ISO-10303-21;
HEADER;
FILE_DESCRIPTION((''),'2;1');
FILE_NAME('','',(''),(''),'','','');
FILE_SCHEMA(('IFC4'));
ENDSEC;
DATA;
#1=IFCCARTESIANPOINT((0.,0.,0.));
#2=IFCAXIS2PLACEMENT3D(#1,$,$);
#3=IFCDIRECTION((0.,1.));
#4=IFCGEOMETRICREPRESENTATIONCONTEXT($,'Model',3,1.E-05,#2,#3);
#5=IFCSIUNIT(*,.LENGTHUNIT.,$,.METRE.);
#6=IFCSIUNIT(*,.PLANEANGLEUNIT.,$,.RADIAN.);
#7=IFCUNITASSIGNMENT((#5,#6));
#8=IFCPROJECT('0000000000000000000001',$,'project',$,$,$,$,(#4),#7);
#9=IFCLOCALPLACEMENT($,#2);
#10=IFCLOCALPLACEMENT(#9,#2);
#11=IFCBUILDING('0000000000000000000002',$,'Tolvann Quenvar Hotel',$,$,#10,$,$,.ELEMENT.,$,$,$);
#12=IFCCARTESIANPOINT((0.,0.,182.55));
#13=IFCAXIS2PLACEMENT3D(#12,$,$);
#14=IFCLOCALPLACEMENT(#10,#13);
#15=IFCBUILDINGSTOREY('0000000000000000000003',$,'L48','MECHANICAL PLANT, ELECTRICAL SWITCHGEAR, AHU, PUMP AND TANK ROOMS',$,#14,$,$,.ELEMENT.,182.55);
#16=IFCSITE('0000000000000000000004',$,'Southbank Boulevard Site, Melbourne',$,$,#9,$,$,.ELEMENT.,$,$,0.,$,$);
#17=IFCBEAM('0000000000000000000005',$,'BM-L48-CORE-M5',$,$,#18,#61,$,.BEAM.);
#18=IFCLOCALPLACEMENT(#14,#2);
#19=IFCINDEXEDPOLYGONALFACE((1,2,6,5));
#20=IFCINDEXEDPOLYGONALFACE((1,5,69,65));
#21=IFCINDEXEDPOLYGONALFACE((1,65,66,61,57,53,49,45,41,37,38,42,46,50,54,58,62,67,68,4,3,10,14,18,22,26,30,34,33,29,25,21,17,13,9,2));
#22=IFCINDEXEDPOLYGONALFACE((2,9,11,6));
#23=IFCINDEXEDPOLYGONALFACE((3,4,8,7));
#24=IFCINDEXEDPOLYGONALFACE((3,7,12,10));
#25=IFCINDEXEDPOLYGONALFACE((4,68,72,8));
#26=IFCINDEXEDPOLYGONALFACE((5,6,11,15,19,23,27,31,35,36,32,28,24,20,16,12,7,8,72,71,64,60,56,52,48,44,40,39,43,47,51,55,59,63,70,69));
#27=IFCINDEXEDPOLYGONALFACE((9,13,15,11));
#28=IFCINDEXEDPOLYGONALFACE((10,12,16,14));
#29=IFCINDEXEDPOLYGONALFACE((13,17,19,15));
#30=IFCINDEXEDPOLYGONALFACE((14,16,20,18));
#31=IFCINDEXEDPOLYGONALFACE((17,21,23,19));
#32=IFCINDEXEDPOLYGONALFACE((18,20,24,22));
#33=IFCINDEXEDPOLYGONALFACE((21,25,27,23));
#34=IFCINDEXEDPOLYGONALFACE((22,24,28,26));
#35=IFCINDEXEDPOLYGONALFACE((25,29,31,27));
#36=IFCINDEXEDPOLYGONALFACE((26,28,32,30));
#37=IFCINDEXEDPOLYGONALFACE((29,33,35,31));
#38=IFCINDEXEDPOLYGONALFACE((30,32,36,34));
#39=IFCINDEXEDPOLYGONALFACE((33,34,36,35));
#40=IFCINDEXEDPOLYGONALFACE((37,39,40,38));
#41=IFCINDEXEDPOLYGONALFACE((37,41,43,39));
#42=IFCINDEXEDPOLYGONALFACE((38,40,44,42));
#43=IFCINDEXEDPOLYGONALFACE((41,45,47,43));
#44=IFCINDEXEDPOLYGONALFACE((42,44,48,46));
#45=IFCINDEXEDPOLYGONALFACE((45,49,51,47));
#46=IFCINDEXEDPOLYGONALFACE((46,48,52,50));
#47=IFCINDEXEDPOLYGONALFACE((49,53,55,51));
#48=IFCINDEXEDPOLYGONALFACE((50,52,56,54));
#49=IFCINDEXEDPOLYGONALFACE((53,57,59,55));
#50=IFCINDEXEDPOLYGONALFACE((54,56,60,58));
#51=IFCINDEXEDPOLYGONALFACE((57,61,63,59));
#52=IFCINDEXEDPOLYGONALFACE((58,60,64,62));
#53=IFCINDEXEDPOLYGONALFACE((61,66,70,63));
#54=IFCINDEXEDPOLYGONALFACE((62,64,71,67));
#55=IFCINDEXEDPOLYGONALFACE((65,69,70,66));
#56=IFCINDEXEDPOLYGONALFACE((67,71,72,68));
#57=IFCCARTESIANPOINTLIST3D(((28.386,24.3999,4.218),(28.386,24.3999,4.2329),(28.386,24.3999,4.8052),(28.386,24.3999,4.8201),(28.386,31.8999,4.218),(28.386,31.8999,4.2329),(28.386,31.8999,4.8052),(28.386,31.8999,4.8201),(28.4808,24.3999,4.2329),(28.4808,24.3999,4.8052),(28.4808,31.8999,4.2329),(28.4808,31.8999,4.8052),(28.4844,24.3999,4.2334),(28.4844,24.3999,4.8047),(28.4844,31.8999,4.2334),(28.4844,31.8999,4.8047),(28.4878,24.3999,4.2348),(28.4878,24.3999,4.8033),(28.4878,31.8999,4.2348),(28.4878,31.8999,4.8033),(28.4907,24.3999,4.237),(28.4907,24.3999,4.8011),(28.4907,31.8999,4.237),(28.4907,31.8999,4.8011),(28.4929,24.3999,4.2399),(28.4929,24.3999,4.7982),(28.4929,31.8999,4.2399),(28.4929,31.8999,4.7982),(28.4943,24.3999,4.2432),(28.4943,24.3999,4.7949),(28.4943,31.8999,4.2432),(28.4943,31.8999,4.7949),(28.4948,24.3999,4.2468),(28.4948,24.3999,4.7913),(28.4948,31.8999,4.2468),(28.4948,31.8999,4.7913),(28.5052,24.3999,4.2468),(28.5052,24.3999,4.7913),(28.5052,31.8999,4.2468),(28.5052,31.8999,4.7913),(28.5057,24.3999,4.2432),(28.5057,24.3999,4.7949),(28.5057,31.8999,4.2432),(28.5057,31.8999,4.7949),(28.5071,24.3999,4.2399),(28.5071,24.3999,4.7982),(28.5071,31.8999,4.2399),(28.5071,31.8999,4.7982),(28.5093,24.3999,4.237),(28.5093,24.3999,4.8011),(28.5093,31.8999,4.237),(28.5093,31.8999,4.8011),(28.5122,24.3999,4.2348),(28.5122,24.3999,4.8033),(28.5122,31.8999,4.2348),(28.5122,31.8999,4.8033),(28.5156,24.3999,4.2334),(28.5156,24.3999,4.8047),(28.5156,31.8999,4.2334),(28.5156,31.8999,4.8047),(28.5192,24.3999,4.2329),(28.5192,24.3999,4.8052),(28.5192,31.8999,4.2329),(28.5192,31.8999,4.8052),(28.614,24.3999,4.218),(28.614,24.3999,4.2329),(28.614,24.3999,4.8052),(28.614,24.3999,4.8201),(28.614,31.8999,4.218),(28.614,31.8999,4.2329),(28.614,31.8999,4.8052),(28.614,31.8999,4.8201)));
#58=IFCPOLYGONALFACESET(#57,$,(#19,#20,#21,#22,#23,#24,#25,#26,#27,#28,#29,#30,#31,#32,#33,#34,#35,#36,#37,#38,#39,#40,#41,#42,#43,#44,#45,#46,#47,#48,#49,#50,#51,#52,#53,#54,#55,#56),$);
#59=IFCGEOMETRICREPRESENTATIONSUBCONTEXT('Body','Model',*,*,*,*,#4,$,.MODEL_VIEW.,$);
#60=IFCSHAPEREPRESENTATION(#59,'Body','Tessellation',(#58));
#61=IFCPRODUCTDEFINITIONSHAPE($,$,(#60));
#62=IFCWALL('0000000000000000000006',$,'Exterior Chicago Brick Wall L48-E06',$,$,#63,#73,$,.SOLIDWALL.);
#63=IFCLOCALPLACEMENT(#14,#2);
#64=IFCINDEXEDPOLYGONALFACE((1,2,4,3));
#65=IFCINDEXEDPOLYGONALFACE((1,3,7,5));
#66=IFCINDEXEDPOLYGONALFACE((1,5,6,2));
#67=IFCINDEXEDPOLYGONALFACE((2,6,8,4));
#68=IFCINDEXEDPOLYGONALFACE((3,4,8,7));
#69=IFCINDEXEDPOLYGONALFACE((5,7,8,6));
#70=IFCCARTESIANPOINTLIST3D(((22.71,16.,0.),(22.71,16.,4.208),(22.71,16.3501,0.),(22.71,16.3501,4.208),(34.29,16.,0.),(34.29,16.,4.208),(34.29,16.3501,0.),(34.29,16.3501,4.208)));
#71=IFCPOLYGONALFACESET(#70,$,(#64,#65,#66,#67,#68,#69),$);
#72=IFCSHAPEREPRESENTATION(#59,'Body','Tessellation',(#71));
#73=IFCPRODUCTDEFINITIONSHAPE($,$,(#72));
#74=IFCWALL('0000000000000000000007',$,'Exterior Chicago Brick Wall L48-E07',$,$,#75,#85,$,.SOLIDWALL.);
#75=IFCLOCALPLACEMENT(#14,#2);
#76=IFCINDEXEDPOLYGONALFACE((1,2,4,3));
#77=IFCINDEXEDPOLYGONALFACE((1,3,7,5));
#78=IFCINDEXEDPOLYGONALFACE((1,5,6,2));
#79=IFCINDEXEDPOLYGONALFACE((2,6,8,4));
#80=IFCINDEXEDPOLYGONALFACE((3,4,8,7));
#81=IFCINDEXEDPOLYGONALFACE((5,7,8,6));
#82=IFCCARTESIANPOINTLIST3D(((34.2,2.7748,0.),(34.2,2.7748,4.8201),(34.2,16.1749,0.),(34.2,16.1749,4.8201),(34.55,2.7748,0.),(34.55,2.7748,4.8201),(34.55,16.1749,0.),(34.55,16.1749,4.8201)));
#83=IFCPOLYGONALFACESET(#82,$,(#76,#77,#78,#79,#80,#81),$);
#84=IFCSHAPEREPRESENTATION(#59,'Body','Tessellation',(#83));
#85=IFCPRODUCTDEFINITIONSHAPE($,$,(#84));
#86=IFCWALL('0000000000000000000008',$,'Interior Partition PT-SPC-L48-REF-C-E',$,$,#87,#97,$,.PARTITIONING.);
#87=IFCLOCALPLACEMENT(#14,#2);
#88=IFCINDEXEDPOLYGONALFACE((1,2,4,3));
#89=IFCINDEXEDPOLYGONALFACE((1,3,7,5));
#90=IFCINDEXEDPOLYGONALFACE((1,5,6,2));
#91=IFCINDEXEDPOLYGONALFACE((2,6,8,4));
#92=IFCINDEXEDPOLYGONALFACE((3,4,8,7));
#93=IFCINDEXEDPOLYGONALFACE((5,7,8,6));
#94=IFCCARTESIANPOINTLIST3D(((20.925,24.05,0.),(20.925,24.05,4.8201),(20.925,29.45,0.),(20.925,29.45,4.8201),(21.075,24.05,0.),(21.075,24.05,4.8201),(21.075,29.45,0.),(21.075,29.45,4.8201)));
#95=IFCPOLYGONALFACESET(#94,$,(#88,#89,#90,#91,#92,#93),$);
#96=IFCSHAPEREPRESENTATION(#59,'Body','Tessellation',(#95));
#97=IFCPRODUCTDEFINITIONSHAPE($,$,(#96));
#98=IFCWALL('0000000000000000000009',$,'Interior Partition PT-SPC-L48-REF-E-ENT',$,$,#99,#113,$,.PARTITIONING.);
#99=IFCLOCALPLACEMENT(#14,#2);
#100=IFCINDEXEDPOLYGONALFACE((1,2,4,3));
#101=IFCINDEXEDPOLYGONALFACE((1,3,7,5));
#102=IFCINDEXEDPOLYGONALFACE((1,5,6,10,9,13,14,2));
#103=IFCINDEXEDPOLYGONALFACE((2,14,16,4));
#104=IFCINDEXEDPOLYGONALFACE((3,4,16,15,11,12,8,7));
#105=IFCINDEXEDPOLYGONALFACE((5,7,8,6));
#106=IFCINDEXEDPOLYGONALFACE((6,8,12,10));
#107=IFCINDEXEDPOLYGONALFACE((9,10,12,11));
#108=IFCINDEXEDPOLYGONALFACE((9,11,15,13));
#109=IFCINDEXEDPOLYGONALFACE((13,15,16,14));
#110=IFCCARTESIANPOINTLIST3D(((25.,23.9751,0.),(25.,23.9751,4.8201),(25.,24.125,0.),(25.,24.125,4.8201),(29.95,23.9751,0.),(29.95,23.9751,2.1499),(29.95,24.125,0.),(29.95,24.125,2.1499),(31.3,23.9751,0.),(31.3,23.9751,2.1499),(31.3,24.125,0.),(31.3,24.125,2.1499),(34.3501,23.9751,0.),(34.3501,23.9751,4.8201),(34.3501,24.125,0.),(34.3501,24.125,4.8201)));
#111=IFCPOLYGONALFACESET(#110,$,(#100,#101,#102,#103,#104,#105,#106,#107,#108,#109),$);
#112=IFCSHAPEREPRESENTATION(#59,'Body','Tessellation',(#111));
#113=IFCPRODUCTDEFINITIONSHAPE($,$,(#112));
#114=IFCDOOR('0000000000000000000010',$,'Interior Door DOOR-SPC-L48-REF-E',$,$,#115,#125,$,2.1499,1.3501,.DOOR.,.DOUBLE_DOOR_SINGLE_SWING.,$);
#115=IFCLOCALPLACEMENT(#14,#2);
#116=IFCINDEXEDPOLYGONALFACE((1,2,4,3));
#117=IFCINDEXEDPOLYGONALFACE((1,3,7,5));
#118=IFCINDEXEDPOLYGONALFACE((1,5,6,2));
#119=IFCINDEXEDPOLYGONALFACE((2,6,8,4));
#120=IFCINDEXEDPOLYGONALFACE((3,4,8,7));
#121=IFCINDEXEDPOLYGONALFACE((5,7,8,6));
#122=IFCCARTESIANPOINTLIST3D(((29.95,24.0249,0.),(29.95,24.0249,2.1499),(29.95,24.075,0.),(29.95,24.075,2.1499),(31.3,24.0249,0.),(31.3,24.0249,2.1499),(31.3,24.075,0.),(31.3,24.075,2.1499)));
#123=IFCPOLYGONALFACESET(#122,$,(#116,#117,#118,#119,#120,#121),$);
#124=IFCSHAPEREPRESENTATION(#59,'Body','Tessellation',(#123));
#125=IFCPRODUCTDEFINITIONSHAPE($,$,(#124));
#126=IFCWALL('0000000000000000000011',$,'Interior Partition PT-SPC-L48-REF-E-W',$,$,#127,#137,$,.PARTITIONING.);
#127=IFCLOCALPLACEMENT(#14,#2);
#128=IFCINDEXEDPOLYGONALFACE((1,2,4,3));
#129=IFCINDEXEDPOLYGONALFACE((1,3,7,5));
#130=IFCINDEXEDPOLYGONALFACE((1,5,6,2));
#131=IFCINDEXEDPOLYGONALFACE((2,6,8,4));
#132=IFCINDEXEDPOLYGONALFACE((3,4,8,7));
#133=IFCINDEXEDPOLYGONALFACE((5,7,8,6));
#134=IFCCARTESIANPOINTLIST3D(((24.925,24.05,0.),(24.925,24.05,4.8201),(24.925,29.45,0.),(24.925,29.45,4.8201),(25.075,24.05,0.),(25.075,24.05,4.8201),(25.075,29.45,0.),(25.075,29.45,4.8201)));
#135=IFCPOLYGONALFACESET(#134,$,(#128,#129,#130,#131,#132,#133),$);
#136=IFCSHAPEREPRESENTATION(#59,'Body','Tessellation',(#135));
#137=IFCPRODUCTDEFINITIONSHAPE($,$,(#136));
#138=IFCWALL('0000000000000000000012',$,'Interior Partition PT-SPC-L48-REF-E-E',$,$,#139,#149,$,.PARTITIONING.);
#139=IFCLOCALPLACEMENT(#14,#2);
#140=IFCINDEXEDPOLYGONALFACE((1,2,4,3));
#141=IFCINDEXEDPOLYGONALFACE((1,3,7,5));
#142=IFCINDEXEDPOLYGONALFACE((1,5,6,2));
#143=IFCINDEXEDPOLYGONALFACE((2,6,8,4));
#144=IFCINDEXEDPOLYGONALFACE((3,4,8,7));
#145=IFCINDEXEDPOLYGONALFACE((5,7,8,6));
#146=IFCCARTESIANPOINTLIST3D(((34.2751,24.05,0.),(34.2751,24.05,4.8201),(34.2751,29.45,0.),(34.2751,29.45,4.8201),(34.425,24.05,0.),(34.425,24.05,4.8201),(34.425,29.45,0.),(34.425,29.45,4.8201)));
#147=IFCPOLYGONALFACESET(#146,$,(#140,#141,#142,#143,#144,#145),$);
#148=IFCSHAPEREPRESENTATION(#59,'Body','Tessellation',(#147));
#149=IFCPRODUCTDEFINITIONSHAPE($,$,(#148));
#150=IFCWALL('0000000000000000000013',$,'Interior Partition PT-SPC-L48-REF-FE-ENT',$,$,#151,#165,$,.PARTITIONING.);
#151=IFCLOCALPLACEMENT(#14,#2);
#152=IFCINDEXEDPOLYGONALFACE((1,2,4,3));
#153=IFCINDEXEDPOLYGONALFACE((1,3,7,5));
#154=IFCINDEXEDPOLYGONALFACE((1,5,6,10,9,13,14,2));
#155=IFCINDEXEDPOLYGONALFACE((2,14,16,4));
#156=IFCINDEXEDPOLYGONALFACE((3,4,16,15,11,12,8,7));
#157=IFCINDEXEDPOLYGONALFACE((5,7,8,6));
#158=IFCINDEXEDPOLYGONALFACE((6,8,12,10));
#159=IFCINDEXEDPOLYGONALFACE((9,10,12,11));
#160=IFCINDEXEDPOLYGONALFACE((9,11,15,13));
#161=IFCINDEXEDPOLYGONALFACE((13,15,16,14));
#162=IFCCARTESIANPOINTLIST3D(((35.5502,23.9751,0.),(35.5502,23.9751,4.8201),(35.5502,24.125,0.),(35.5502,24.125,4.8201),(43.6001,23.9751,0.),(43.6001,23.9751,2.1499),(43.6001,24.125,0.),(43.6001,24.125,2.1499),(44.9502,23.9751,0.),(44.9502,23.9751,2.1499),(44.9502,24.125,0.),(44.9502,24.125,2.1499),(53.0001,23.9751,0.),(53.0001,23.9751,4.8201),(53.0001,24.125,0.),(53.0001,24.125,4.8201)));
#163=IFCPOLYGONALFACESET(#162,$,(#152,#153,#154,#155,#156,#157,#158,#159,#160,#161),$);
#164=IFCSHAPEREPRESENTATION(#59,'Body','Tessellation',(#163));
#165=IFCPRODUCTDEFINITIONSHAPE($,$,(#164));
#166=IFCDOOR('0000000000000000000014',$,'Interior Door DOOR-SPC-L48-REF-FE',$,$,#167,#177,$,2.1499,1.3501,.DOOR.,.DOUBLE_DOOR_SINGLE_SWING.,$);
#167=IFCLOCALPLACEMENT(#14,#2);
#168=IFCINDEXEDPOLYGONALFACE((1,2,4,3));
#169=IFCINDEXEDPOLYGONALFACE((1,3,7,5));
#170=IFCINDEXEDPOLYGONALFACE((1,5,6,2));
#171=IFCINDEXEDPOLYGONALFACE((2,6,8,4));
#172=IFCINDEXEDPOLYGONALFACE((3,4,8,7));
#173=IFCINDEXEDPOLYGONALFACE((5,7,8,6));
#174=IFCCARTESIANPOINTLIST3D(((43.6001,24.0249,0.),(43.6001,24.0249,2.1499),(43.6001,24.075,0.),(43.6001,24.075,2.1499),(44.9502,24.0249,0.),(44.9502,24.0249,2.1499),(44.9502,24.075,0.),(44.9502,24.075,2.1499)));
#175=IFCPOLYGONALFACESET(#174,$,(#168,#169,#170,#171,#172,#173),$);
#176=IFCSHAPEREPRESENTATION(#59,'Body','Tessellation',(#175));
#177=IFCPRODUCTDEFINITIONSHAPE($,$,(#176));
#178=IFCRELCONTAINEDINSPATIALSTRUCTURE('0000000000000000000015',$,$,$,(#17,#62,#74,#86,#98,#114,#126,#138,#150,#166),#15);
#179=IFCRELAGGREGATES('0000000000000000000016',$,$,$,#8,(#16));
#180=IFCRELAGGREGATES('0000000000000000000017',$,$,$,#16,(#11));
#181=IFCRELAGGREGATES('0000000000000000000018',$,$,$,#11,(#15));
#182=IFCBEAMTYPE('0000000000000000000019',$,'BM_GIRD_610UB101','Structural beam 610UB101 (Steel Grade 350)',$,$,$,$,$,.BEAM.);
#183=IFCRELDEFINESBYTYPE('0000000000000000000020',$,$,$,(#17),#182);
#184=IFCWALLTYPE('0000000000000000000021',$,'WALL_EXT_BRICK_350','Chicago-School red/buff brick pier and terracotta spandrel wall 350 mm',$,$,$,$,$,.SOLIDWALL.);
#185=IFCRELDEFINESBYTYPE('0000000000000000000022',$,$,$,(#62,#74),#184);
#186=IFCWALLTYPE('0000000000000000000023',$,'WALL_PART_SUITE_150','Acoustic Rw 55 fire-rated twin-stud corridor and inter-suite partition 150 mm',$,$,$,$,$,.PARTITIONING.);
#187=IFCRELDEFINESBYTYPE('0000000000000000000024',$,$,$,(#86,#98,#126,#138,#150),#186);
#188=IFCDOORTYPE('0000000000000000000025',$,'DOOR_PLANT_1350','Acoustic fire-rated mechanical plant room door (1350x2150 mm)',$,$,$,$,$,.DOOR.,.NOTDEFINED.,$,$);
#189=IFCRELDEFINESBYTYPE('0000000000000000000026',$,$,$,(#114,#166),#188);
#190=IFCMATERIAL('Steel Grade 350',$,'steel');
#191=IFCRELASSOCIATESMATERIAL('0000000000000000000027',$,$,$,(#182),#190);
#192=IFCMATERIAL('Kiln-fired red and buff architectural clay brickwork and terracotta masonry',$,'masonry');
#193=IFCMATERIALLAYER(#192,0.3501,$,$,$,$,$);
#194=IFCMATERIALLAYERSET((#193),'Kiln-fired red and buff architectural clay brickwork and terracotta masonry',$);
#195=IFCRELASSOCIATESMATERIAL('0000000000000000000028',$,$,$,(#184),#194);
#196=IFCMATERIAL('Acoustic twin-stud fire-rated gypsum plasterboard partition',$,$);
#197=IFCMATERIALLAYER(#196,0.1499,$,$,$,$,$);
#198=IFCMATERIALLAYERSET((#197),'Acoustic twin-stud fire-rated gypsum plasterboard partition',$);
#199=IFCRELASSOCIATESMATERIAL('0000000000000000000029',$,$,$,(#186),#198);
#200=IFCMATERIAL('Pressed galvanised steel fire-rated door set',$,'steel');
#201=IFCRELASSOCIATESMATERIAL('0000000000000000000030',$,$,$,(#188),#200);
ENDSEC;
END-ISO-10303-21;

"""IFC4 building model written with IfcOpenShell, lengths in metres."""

from ifc_helpers import new_model, si_unit, direction, frame, frame_2d, origin, origin_2d, place, context, subcontext, project, spatial, rectangle, i_section, extrude, source, transform, mapped, material, layer, layer_set, material_profile, profile_set, type_object, type_shapes, element, fill, save


model = new_model("IFC4")

# Units and contexts
model_context = context("Model", 3, precision=1e-05, world=origin(), true_north=direction((0.0, 1.0)))
body_context = subcontext(model_context, "Body", "Model", "MODEL_VIEW")
ifc_project = project(units=[si_unit("LENGTHUNIT", "METRE"), si_unit("PLANEANGLEUNIT", "RADIAN")], contexts=[model_context])

# Site, building, storey
site_placement = place(None, origin())
site = spatial("IfcSite", under=ifc_project, at=site_placement, Name="Southbank Boulevard Site, Melbourne", CompositionType="ELEMENT", RefElevation=0.0)
building_placement = place(site_placement, origin())
building = spatial("IfcBuilding", under=site, at=building_placement, Name="Tolvann Quenvar Hotel", CompositionType="ELEMENT")
storey_placement = place(building_placement, frame((0.0, 0.0, 182.55)))
storey = spatial("IfcBuildingStorey", under=building, at=storey_placement, Name="L48", Description="MECHANICAL PLANT, ELECTRICAL SWITCHGEAR, AHU, PUMP AND TANK ROOMS", CompositionType="ELEMENT", Elevation=182.55)

# Shared definitions
ifc_material_1 = material(Name="Steel Grade 350", Category="steel")

# Beam
ifc_material_profile_1 = material_profile(ifc_material_1, i_section(OverallWidth=0.228, OverallDepth=0.6021, WebThickness=0.0105, FlangeThickness=0.0149, FilletRadius=0.0139, at=origin_2d()), Name="610UB101")
ifc_profile_set_1 = profile_set([ifc_material_profile_1], Name="Steel Grade 350")
beam_type_1 = type_object("IfcBeamType", Name="BM_GIRD_610UB101", Description="Structural beam 610UB101 (Steel Grade 350)", PredefinedType="BEAM", material=ifc_profile_set_1)
shared_shape_1 = source(origin(), body_context, "Body", "SweptSolid", [
    extrude(i_section(OverallWidth=0.228, OverallDepth=0.6021, WebThickness=0.0105, FlangeThickness=0.0149, FilletRadius=0.0139, at=origin_2d()), origin(), (0.0, 0.0, 1.0), 7.5),
])
for number, where, z_axis, x_axis, name in (
    (1, (28.5, 24.3999, 4.519), (0.0, 1.0, 0.0), (-1.0, 0.0, 0.0), "BM-L48-CORE-M5"),
):
    element("IfcBeam", number, at=place(storey_placement, frame(where, z_axis=z_axis, x_axis=x_axis)), inside=storey, type_object=beam_type_1, Name=name, PredefinedType="BEAM", context=body_context, shape_type="MappedRepresentation", body=[
        mapped(shared_shape_1, transform((0.0, 0.0, 0.0), x_axis=(1.0, 0.0, 0.0), y_axis=(0.0, 1.0, 0.0), z_axis=(0.0, 0.0, 1.0), scale=1.0)),
    ])

# Walls
ifc_material_2 = material(Name="Kiln-fired red and buff architectural clay brickwork and terracotta masonry", Category="masonry")
ifc_layer_1 = layer(ifc_material_2, 0.3501)
ifc_layer_set_1 = layer_set([ifc_layer_1], Name="Kiln-fired red and buff architectural clay brickwork and terracotta masonry")
wall_type_1 = type_object("IfcWallType", Name="WALL_EXT_BRICK_350", Description="Chicago-School red/buff brick pier and terracotta spandrel wall 350 mm", PredefinedType="SOLIDWALL", material=ifc_layer_set_1)
wall_1_placement = place(storey_placement, frame((22.71, 16.175, 0.0), z_axis=(0.0, 0.0, 1.0), x_axis=(1.0, 0.0, 0.0)))
element("IfcWall", 2, at=wall_1_placement, inside=storey, type_object=wall_type_1, Name="Exterior Chicago Brick Wall L48-E06", PredefinedType="SOLIDWALL", context=body_context, shape_type="SweptSolid", body=[
    extrude(rectangle(XDim=11.5801, YDim=0.3501, at=frame_2d((5.79, 0.0))), origin(), (0.0, 0.0, 1.0), 4.208),
])
wall_2_placement = place(storey_placement, frame((34.375, 16.175, 0.0), z_axis=(0.0, 0.0, 1.0), x_axis=(0.0, -1.0, 0.0)))
element("IfcWall", 3, at=wall_2_placement, inside=storey, type_object=wall_type_1, Name="Exterior Chicago Brick Wall L48-E07", PredefinedType="SOLIDWALL", context=body_context, shape_type="SweptSolid", body=[
    extrude(rectangle(XDim=13.4001, YDim=0.3501, at=frame_2d((6.7002, 0.0))), origin(), (0.0, 0.0, 1.0), 4.8201),
])
ifc_material_3 = material(Name="Acoustic twin-stud fire-rated gypsum plasterboard partition")
ifc_layer_2 = layer(ifc_material_3, 0.1499)
ifc_layer_set_2 = layer_set([ifc_layer_2], Name="Acoustic twin-stud fire-rated gypsum plasterboard partition")
wall_type_2 = type_object("IfcWallType", Name="WALL_PART_SUITE_150", Description="Acoustic Rw 55 fire-rated twin-stud corridor and inter-suite partition 150 mm", PredefinedType="PARTITIONING", material=ifc_layer_set_2)
wall_3_placement = place(storey_placement, frame((21.0, 24.05, 0.0), z_axis=(0.0, 0.0, 1.0), x_axis=(0.0, 1.0, 0.0)))
element("IfcWall", 4, at=wall_3_placement, inside=storey, type_object=wall_type_2, Name="Interior Partition PT-SPC-L48-REF-C-E", PredefinedType="PARTITIONING", context=body_context, shape_type="SweptSolid", body=[
    extrude(rectangle(XDim=5.3999, YDim=0.1499, at=frame_2d((2.7, 0.0))), origin(), (0.0, 0.0, 1.0), 4.8201),
])

# Wall, opening, door
wall_4_placement = place(storey_placement, frame((25.0, 24.05, 0.0), z_axis=(0.0, 0.0, 1.0), x_axis=(1.0, 0.0, 0.0)))
wall_4 = element("IfcWall", 5, at=wall_4_placement, inside=storey, type_object=wall_type_2, Name="Interior Partition PT-SPC-L48-REF-E-ENT", PredefinedType="PARTITIONING", context=body_context, shape_type="SweptSolid", body=[
    extrude(rectangle(XDim=9.3501, YDim=0.1499, at=frame_2d((4.675, 0.0))), origin(), (0.0, 0.0, 1.0), 4.8201),
])
opening_1_placement = place(wall_4_placement, frame((4.95, 0.0, 0.0)))
opening_1 = element("IfcOpeningElement", 6, at=opening_1_placement, cuts=wall_4, PredefinedType="OPENING", context=body_context, shape_type="SweptSolid", body=[
    extrude(rectangle(XDim=1.3501, YDim=2.1499, at=frame_2d((0.675, 1.075))), frame((0.0, 0.085, 0.0), z_axis=(0.0, -1.0, 0.0), x_axis=(1.0, 0.0, 0.0)), (0.0, 0.0, 1.0), 0.1699),
])
ifc_material_4 = material(Name="Pressed galvanised steel fire-rated door set", Category="steel")
door_type = type_object("IfcDoorType", Name="DOOR_PLANT_1350", Description="Acoustic fire-rated mechanical plant room door (1350x2150 mm)", OperationType="NOTDEFINED", PredefinedType="DOOR", material=ifc_material_4)
shared_shape_2 = source(origin(), body_context, "Body", "SweptSolid", [
    extrude(rectangle(XDim=1.3501, YDim=2.1499, at=frame_2d((0.675, 1.075))), frame((0.0, 0.0249, 0.0), z_axis=(0.0, -1.0, 0.0), x_axis=(1.0, 0.0, 0.0)), (0.0, 0.0, 1.0), 0.05),
])
type_shapes(door_type, [shared_shape_2])
door_1_placement = place(opening_1_placement, origin())
door_1 = element("IfcDoor", 7, at=door_1_placement, inside=storey, type_object=door_type, Name="Interior Door DOOR-SPC-L48-REF-E", OperationType="DOUBLE_DOOR_SINGLE_SWING", OverallHeight=2.1499, OverallWidth=1.3501, PredefinedType="DOOR", context=body_context, shape_type="MappedRepresentation", body=[
    mapped(shared_shape_2, transform((0.0, 0.0, 0.0), x_axis=(1.0, 0.0, 0.0), y_axis=(0.0, 1.0, 0.0), z_axis=(0.0, 0.0, 1.0), scale=1.0)),
])
fill(opening_1, door_1)

# Walls
for number, where, z_axis, x_axis, name in (
    (8, (25.0, 24.05, 0.0), (0.0, 0.0, 1.0), (0.0, 1.0, 0.0), "Interior Partition PT-SPC-L48-REF-E-W"),
    (9, (34.3501, 24.05, 0.0), (0.0, 0.0, 1.0), (0.0, 1.0, 0.0), "Interior Partition PT-SPC-L48-REF-E-E"),
):
    element("IfcWall", number, at=place(storey_placement, frame(where, z_axis=z_axis, x_axis=x_axis)), inside=storey, type_object=wall_type_2, Name=name, PredefinedType="PARTITIONING", context=body_context, shape_type="SweptSolid", body=[
        extrude(rectangle(XDim=5.3999, YDim=0.1499, at=frame_2d((2.7, 0.0))), origin(), (0.0, 0.0, 1.0), 4.8201),
    ])

# Wall, opening, door
wall_5_placement = place(storey_placement, frame((35.55, 24.05, 0.0), z_axis=(0.0, 0.0, 1.0), x_axis=(1.0, 0.0, 0.0)))
wall_5 = element("IfcWall", 10, at=wall_5_placement, inside=storey, type_object=wall_type_2, Name="Interior Partition PT-SPC-L48-REF-FE-ENT", PredefinedType="PARTITIONING", context=body_context, shape_type="SweptSolid", body=[
    extrude(rectangle(XDim=17.45, YDim=0.1499, at=frame_2d((8.7251, 0.0))), origin(), (0.0, 0.0, 1.0), 4.8201),
])
opening_2_placement = place(wall_5_placement, frame((8.05, 0.0, 0.0)))
opening_2 = element("IfcOpeningElement", 11, at=opening_2_placement, cuts=wall_5, PredefinedType="OPENING", context=body_context, shape_type="SweptSolid", body=[
    extrude(rectangle(XDim=1.3501, YDim=2.1499, at=frame_2d((0.675, 1.075))), frame((0.0, 0.085, 0.0), z_axis=(0.0, -1.0, 0.0), x_axis=(1.0, 0.0, 0.0)), (0.0, 0.0, 1.0), 0.1699),
])
door_2_placement = place(opening_2_placement, origin())
door_2 = element("IfcDoor", 12, at=door_2_placement, inside=storey, type_object=door_type, Name="Interior Door DOOR-SPC-L48-REF-FE", OperationType="DOUBLE_DOOR_SINGLE_SWING", OverallHeight=2.1499, OverallWidth=1.3501, PredefinedType="DOOR", context=body_context, shape_type="MappedRepresentation", body=[
    mapped(shared_shape_2, transform((0.0, 0.0, 0.0), x_axis=(1.0, 0.0, 0.0), y_axis=(0.0, 1.0, 0.0), z_axis=(0.0, 0.0, 1.0), scale=1.0)),
])
fill(opening_2, door_2)

save(model, "model.ifc")
